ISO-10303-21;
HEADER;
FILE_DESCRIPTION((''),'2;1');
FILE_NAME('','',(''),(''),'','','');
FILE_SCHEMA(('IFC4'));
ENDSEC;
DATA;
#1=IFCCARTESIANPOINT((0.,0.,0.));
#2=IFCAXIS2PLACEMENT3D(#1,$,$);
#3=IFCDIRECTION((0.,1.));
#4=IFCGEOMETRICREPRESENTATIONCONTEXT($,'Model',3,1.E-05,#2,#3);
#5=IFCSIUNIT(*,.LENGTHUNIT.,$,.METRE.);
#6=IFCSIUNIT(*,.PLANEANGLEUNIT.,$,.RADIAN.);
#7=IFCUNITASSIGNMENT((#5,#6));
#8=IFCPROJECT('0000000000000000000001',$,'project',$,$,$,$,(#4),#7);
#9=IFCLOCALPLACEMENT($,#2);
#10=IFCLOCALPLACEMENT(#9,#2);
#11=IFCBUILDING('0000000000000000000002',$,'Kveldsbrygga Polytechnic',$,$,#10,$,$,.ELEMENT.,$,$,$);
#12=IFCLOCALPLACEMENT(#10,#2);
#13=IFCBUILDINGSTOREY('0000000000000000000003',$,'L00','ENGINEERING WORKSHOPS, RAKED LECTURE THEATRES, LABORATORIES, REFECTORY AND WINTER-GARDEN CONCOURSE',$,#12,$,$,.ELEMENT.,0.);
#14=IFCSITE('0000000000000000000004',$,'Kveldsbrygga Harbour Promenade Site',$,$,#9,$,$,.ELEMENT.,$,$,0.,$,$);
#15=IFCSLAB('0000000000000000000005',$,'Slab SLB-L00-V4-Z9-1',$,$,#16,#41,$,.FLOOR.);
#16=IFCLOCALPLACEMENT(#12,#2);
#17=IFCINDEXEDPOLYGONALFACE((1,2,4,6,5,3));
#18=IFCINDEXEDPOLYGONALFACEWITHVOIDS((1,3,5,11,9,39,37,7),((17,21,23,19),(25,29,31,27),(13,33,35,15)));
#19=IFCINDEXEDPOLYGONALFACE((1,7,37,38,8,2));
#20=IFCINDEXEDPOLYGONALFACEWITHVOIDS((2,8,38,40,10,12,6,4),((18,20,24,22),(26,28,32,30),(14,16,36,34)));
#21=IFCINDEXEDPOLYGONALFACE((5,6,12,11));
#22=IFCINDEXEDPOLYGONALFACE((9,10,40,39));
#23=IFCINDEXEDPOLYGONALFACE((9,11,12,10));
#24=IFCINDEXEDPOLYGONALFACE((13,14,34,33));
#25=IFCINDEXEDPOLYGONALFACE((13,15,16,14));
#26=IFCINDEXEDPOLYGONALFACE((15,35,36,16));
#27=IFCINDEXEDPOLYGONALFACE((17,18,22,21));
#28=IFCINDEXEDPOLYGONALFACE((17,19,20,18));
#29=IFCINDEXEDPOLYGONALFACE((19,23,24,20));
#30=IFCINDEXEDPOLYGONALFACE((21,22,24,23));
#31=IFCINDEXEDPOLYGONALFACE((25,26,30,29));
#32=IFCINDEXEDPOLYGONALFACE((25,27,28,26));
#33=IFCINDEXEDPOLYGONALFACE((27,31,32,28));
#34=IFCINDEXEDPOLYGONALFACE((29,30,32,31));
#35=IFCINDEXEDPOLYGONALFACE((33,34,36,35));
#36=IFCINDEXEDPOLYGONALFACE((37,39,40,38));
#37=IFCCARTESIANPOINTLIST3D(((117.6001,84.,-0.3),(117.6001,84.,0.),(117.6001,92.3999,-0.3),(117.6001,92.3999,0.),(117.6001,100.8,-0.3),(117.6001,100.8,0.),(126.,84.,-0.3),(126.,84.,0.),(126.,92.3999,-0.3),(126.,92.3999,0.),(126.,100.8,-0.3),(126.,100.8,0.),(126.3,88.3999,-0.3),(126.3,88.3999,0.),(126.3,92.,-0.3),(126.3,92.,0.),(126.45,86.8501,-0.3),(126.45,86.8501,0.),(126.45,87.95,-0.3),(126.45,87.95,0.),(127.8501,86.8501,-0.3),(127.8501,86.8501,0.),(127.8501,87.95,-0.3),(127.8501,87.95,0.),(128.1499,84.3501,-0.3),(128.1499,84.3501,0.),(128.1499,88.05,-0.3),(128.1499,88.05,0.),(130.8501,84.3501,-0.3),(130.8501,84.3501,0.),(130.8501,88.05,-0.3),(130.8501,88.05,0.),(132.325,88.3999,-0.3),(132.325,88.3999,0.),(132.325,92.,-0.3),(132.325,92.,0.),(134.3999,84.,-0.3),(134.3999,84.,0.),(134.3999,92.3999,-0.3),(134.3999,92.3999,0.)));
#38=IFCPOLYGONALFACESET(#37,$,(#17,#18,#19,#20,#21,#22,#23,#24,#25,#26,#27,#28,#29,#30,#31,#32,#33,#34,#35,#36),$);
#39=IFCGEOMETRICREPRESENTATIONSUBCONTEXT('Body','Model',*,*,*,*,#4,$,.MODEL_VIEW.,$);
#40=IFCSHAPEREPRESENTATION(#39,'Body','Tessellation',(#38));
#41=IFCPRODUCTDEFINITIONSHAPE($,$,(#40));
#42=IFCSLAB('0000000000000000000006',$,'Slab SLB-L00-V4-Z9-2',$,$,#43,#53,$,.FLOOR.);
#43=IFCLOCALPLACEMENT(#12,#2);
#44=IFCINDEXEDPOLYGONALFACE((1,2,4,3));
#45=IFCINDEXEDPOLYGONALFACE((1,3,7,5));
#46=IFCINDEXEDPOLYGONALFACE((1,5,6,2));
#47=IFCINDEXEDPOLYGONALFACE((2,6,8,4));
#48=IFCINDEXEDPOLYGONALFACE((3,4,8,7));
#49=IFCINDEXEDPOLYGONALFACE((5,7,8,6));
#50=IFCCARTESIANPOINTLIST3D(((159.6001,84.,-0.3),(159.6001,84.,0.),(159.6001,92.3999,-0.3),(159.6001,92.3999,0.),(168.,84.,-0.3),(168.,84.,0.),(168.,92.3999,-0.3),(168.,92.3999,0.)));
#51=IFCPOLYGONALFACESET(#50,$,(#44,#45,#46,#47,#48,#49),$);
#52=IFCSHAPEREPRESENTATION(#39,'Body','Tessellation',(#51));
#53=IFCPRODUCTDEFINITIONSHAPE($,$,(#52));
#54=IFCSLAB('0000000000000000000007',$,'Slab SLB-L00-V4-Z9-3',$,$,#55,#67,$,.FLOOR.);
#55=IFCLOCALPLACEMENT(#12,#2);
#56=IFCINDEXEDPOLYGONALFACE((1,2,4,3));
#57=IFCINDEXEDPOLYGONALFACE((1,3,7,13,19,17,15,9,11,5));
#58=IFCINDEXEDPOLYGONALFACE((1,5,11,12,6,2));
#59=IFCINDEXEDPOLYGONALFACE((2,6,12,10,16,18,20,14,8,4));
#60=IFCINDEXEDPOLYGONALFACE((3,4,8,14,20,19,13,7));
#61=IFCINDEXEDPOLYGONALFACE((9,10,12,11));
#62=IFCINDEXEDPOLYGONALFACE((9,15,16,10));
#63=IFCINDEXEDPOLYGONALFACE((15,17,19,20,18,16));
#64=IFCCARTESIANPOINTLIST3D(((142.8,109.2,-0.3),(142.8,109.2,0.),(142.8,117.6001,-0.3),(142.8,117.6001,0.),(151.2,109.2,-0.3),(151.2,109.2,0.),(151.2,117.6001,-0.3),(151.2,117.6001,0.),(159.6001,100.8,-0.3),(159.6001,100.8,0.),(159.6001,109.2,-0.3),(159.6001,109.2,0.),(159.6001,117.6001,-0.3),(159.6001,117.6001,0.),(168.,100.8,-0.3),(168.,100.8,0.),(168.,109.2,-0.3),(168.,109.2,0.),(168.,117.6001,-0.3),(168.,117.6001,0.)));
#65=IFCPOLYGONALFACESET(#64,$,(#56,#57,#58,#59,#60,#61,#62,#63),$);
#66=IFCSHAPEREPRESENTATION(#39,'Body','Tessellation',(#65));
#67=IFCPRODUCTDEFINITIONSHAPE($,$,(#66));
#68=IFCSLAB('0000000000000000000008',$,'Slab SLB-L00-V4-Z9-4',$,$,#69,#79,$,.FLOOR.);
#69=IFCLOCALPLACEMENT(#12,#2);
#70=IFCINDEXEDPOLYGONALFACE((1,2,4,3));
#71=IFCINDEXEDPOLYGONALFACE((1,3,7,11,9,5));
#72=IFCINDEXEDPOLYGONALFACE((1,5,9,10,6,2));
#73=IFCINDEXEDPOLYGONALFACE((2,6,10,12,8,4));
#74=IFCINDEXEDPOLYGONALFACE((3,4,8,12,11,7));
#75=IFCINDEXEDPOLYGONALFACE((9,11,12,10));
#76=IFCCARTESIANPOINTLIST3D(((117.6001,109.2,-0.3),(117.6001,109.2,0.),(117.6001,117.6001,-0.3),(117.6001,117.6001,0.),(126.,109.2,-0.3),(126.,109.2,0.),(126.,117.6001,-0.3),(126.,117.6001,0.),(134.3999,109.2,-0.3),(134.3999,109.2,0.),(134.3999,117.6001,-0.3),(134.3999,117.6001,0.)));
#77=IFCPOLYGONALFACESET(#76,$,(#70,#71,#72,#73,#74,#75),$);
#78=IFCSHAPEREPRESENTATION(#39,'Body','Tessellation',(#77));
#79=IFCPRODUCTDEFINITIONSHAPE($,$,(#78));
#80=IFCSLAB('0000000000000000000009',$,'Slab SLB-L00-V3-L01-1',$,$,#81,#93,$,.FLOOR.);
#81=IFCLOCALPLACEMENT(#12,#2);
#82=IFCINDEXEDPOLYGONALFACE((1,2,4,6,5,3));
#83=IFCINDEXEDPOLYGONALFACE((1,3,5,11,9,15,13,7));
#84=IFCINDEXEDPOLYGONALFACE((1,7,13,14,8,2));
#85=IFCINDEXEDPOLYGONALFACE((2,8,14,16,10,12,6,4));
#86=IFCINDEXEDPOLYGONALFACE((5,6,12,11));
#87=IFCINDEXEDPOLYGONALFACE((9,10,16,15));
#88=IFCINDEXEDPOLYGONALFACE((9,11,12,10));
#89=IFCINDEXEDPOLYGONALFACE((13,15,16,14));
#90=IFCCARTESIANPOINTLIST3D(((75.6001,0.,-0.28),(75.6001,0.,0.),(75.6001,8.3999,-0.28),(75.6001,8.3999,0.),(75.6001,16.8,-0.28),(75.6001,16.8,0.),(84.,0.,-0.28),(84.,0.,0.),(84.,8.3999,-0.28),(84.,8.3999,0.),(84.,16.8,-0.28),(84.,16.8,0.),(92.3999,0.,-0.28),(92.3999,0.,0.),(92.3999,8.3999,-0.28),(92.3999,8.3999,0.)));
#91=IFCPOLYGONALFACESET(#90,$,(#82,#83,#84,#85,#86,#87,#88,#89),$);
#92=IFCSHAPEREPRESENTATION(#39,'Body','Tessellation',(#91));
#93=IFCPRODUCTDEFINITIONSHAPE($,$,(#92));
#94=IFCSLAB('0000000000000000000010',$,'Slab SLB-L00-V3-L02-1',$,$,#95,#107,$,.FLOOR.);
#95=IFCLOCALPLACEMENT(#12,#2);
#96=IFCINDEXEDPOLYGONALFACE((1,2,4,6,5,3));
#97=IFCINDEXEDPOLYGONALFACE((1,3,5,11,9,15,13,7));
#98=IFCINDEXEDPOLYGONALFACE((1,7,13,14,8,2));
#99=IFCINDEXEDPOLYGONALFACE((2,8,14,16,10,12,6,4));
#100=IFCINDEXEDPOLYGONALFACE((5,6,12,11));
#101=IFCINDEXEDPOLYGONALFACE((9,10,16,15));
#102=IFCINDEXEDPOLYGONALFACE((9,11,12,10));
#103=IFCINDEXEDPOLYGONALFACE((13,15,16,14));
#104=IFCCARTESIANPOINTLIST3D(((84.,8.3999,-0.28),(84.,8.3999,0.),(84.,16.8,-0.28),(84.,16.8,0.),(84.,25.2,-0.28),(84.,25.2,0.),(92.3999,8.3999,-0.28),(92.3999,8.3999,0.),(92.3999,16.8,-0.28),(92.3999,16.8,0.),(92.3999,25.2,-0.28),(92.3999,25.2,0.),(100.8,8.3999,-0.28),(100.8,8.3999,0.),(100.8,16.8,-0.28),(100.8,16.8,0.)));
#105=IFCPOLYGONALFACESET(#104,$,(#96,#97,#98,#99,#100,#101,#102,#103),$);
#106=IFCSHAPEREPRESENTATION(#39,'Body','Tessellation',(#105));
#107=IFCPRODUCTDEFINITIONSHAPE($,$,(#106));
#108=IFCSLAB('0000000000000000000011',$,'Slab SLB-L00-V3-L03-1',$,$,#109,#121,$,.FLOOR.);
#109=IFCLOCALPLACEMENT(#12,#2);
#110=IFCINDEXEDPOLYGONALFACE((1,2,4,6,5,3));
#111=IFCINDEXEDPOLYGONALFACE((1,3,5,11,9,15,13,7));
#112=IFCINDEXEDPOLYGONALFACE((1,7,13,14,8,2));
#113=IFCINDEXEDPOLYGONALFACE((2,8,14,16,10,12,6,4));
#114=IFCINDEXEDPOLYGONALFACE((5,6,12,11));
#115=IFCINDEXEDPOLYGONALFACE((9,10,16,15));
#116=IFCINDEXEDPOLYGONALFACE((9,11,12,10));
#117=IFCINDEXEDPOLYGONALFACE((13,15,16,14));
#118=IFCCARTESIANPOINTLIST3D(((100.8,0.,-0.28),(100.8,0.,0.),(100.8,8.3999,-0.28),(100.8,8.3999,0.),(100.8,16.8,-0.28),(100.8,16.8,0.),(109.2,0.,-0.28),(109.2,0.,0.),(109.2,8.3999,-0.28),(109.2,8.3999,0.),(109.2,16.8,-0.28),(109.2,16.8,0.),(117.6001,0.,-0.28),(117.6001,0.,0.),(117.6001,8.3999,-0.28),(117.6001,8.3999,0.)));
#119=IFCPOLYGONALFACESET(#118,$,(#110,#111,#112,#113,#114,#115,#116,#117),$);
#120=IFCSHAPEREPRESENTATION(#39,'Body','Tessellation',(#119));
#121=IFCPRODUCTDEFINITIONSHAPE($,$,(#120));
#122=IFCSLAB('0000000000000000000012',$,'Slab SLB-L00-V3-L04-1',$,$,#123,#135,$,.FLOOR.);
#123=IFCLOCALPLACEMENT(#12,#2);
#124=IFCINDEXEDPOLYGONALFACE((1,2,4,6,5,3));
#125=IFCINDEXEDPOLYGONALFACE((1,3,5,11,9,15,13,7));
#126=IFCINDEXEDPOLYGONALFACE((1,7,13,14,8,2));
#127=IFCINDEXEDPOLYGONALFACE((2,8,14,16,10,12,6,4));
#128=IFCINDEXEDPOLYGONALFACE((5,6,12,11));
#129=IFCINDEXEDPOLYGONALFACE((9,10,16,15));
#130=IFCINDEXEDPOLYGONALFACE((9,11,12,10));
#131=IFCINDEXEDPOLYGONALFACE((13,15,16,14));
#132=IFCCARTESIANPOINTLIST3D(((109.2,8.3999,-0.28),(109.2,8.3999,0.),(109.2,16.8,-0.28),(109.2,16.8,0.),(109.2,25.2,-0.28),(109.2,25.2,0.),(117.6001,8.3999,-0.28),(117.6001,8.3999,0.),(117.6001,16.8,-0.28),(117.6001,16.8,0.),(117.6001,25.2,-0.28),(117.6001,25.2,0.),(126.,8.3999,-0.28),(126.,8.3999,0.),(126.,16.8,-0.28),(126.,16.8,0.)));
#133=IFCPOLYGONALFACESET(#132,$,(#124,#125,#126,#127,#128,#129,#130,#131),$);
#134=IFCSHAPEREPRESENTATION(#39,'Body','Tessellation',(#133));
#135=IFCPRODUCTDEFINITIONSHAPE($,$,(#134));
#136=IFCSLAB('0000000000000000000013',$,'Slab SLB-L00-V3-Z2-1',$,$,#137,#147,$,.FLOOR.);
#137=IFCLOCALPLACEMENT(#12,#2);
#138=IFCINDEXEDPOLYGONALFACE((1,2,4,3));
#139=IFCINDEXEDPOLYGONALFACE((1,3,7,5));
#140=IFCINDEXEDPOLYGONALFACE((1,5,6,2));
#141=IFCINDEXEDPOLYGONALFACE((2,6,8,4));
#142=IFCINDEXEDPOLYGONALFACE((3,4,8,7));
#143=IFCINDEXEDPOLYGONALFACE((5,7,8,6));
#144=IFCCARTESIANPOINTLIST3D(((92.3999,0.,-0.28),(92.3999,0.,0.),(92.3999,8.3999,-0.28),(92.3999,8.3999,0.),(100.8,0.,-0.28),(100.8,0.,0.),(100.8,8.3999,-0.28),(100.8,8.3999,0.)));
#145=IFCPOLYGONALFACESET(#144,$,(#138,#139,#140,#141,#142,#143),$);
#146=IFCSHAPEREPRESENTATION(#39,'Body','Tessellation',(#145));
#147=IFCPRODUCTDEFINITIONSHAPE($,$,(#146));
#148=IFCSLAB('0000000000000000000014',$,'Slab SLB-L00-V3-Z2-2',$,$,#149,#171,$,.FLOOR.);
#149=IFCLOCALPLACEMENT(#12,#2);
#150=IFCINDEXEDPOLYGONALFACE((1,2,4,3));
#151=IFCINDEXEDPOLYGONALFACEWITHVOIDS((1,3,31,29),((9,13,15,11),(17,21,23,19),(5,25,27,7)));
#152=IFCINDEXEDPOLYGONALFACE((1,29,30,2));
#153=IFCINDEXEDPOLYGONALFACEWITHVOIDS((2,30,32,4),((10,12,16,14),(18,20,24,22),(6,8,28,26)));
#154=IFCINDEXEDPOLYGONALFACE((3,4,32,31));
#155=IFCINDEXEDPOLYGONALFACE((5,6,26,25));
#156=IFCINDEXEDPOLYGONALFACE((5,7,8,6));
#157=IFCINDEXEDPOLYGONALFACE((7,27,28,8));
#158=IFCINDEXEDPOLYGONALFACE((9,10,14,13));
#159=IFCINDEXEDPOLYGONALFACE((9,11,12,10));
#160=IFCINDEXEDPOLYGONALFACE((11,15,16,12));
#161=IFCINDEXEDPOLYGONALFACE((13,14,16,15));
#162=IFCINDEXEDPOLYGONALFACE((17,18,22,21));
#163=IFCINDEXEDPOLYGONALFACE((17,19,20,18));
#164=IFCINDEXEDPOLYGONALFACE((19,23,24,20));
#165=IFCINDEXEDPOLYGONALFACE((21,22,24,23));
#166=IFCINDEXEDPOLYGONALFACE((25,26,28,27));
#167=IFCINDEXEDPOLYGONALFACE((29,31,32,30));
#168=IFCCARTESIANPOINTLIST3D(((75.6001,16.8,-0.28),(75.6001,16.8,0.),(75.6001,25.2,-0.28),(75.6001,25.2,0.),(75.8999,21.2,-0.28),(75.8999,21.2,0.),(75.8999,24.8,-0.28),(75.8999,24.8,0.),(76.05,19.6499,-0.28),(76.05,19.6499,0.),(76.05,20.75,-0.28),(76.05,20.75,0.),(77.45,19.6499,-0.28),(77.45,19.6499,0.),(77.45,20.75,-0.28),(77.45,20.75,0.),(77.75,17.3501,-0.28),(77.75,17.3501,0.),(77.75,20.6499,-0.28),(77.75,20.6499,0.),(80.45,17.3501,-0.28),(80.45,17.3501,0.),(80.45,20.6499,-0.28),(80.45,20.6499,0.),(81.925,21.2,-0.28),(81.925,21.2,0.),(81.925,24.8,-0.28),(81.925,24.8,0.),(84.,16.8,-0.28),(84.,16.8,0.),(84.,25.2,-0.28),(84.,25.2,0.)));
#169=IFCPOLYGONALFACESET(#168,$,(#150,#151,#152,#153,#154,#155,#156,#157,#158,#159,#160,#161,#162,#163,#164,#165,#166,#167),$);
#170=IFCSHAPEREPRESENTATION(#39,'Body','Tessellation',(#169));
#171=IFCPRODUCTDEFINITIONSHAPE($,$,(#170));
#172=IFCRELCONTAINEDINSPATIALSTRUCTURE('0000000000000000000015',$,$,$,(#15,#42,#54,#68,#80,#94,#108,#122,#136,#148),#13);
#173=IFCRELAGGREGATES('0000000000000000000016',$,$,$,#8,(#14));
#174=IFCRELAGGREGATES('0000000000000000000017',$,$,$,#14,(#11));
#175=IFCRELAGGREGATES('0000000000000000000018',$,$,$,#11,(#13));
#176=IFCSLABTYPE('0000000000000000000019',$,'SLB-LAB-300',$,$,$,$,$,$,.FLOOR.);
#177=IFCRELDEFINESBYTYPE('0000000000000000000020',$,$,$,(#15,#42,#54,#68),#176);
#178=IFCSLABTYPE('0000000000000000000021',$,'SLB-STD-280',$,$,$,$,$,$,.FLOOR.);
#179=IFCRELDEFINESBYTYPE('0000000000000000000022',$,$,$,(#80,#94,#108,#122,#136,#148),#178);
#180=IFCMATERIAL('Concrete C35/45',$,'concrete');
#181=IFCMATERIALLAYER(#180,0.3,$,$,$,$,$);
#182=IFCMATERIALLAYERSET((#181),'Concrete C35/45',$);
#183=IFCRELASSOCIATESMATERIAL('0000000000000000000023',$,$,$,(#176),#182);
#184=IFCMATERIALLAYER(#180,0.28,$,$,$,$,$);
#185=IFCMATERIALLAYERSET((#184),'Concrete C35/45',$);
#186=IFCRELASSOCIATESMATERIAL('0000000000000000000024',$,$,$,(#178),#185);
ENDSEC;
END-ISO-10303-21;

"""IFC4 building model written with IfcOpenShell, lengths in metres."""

from ifc_helpers import new_model, si_unit, direction, frame, origin, place, context, subcontext, project, spatial, polyline, outline, extrude, material, layer, layer_set, type_object, element, save


model = new_model("IFC4")

# Units and contexts
model_context = context("Model", 3, precision=1e-05, world=origin(), true_north=direction((0.0, 1.0)))
body_context = subcontext(model_context, "Body", "Model", "MODEL_VIEW")
ifc_project = project(units=[si_unit("LENGTHUNIT", "METRE"), si_unit("PLANEANGLEUNIT", "RADIAN")], contexts=[model_context])

# Site, building, storey
site_placement = place(None, origin())
site = spatial("IfcSite", under=ifc_project, at=site_placement, Name="Kveldsbrygga Harbour Promenade Site", CompositionType="ELEMENT", RefElevation=0.0)
building_placement = place(site_placement, origin())
building = spatial("IfcBuilding", under=site, at=building_placement, Name="Kveldsbrygga Polytechnic", CompositionType="ELEMENT")
storey_placement = place(building_placement, origin())
storey = spatial("IfcBuildingStorey", under=building, at=storey_placement, Name="L00", Description="ENGINEERING WORKSHOPS, RAKED LECTURE THEATRES, LABORATORIES, REFECTORY AND WINTER-GARDEN CONCOURSE", CompositionType="ELEMENT", Elevation=0.0)

# Shared definitions
ifc_material = material(Name="Concrete C35/45", Category="concrete")

# Slabs
ifc_layer_1 = layer(ifc_material, 0.3)
ifc_layer_set_1 = layer_set([ifc_layer_1], Name="Concrete C35/45")
slab_type_1 = type_object("IfcSlabType", Name="SLB-LAB-300", PredefinedType="FLOOR", material=ifc_layer_set_1)
slab_1_placement = place(storey_placement, frame((0.0, 0.0, -0.3)))
element("IfcSlab", 1, at=slab_1_placement, inside=storey, type_object=slab_type_1, Name="Slab SLB-L00-V4-Z9-1", PredefinedType="FLOOR", context=body_context, shape_type="SweptSolid", body=[
    extrude(outline(polyline([(117.6001, 100.8), (126.0, 100.8), (126.0, 92.3999), (134.3999, 92.3999), (134.3999, 84.0), (126.0, 84.0), (117.6001, 84.0), (117.6001, 92.3999), (117.6001, 100.8)]), holes=[polyline([(132.325, 92.0), (126.3, 92.0), (126.3, 88.3999), (132.325, 88.3999), (132.325, 92.0)]), polyline([(128.1499, 84.3501), (130.8501, 84.3501), (130.8501, 88.05), (128.1499, 88.05), (128.1499, 84.3501)]), polyline([(126.45, 86.8501), (127.8501, 86.8501), (127.8501, 87.95), (126.45, 87.95), (126.45, 86.8501)])]), origin(), (0.0, 0.0, 1.0), 0.3),
])
slab_2_placement = place(storey_placement, frame((0.0, 0.0, -0.3)))
element("IfcSlab", 2, at=slab_2_placement, inside=storey, type_object=slab_type_1, Name="Slab SLB-L00-V4-Z9-2", PredefinedType="FLOOR", context=body_context, shape_type="SweptSolid", body=[
    extrude(outline(polyline([(168.0, 92.3999), (168.0, 84.0), (159.6001, 84.0), (159.6001, 92.3999), (168.0, 92.3999)])), origin(), (0.0, 0.0, 1.0), 0.3),
])
slab_3_placement = place(storey_placement, frame((0.0, 0.0, -0.3)))
element("IfcSlab", 3, at=slab_3_placement, inside=storey, type_object=slab_type_1, Name="Slab SLB-L00-V4-Z9-3", PredefinedType="FLOOR", context=body_context, shape_type="SweptSolid", body=[
    extrude(outline(polyline([(168.0, 100.8), (159.6001, 100.8), (159.6001, 109.2), (151.2, 109.2), (142.8, 109.2), (142.8, 117.6001), (151.2, 117.6001), (159.6001, 117.6001), (168.0, 117.6001), (168.0, 109.2), (168.0, 100.8)])), origin(), (0.0, 0.0, 1.0), 0.3),
])
slab_4_placement = place(storey_placement, frame((0.0, 0.0, -0.3)))
element("IfcSlab", 4, at=slab_4_placement, inside=storey, type_object=slab_type_1, Name="Slab SLB-L00-V4-Z9-4", PredefinedType="FLOOR", context=body_context, shape_type="SweptSolid", body=[
    extrude(outline(polyline([(126.0, 117.6001), (134.3999, 117.6001), (134.3999, 109.2), (126.0, 109.2), (117.6001, 109.2), (117.6001, 117.6001), (126.0, 117.6001)])), origin(), (0.0, 0.0, 1.0), 0.3),
])
ifc_layer_2 = layer(ifc_material, 0.28)
ifc_layer_set_2 = layer_set([ifc_layer_2], Name="Concrete C35/45")
slab_type_2 = type_object("IfcSlabType", Name="SLB-STD-280", PredefinedType="FLOOR", material=ifc_layer_set_2)
slab_5_placement = place(storey_placement, frame((0.0, 0.0, -0.28)))
element("IfcSlab", 5, at=slab_5_placement, inside=storey, type_object=slab_type_2, Name="Slab SLB-L00-V3-L01-1", PredefinedType="FLOOR", context=body_context, shape_type="SweptSolid", body=[
    extrude(outline(polyline([(75.6001, 0.0), (75.6001, 8.3999), (75.6001, 16.8), (84.0, 16.8), (84.0, 8.3999), (92.3999, 8.3999), (92.3999, 0.0), (84.0, 0.0), (75.6001, 0.0)])), origin(), (0.0, 0.0, 1.0), 0.28),
])
slab_6_placement = place(storey_placement, frame((0.0, 0.0, -0.28)))
element("IfcSlab", 6, at=slab_6_placement, inside=storey, type_object=slab_type_2, Name="Slab SLB-L00-V3-L02-1", PredefinedType="FLOOR", context=body_context, shape_type="SweptSolid", body=[
    extrude(outline(polyline([(84.0, 8.3999), (84.0, 16.8), (84.0, 25.2), (92.3999, 25.2), (92.3999, 16.8), (100.8, 16.8), (100.8, 8.3999), (92.3999, 8.3999), (84.0, 8.3999)])), origin(), (0.0, 0.0, 1.0), 0.28),
])
slab_7_placement = place(storey_placement, frame((0.0, 0.0, -0.28)))
element("IfcSlab", 7, at=slab_7_placement, inside=storey, type_object=slab_type_2, Name="Slab SLB-L00-V3-L03-1", PredefinedType="FLOOR", context=body_context, shape_type="SweptSolid", body=[
    extrude(outline(polyline([(100.8, 0.0), (100.8, 8.3999), (100.8, 16.8), (109.2, 16.8), (109.2, 8.3999), (117.6001, 8.3999), (117.6001, 0.0), (109.2, 0.0), (100.8, 0.0)])), origin(), (0.0, 0.0, 1.0), 0.28),
])
slab_8_placement = place(storey_placement, frame((0.0, 0.0, -0.28)))
element("IfcSlab", 8, at=slab_8_placement, inside=storey, type_object=slab_type_2, Name="Slab SLB-L00-V3-L04-1", PredefinedType="FLOOR", context=body_context, shape_type="SweptSolid", body=[
    extrude(outline(polyline([(109.2, 8.3999), (109.2, 16.8), (109.2, 25.2), (117.6001, 25.2), (117.6001, 16.8), (126.0, 16.8), (126.0, 8.3999), (117.6001, 8.3999), (109.2, 8.3999)])), origin(), (0.0, 0.0, 1.0), 0.28),
])
slab_9_placement = place(storey_placement, frame((0.0, 0.0, -0.28)))
element("IfcSlab", 9, at=slab_9_placement, inside=storey, type_object=slab_type_2, Name="Slab SLB-L00-V3-Z2-1", PredefinedType="FLOOR", context=body_context, shape_type="SweptSolid", body=[
    extrude(outline(polyline([(92.3999, 8.3999), (100.8, 8.3999), (100.8, 0.0), (92.3999, 0.0), (92.3999, 8.3999)])), origin(), (0.0, 0.0, 1.0), 0.28),
])
slab_10_placement = place(storey_placement, frame((0.0, 0.0, -0.28)))
element("IfcSlab", 10, at=slab_10_placement, inside=storey, type_object=slab_type_2, Name="Slab SLB-L00-V3-Z2-2", PredefinedType="FLOOR", context=body_context, shape_type="SweptSolid", body=[
    extrude(outline(polyline([(75.6001, 25.2), (84.0, 25.2), (84.0, 16.8), (75.6001, 16.8), (75.6001, 25.2)]), holes=[polyline([(81.925, 24.8), (75.8999, 24.8), (75.8999, 21.2), (81.925, 21.2), (81.925, 24.8)]), polyline([(77.75, 17.3501), (80.45, 17.3501), (80.45, 20.6499), (77.75, 20.6499), (77.75, 17.3501)]), polyline([(76.05, 19.6499), (77.45, 19.6499), (77.45, 20.75), (76.05, 20.75), (76.05, 19.6499)])]), origin(), (0.0, 0.0, 1.0), 0.28),
])

save(model, "model.ifc")
